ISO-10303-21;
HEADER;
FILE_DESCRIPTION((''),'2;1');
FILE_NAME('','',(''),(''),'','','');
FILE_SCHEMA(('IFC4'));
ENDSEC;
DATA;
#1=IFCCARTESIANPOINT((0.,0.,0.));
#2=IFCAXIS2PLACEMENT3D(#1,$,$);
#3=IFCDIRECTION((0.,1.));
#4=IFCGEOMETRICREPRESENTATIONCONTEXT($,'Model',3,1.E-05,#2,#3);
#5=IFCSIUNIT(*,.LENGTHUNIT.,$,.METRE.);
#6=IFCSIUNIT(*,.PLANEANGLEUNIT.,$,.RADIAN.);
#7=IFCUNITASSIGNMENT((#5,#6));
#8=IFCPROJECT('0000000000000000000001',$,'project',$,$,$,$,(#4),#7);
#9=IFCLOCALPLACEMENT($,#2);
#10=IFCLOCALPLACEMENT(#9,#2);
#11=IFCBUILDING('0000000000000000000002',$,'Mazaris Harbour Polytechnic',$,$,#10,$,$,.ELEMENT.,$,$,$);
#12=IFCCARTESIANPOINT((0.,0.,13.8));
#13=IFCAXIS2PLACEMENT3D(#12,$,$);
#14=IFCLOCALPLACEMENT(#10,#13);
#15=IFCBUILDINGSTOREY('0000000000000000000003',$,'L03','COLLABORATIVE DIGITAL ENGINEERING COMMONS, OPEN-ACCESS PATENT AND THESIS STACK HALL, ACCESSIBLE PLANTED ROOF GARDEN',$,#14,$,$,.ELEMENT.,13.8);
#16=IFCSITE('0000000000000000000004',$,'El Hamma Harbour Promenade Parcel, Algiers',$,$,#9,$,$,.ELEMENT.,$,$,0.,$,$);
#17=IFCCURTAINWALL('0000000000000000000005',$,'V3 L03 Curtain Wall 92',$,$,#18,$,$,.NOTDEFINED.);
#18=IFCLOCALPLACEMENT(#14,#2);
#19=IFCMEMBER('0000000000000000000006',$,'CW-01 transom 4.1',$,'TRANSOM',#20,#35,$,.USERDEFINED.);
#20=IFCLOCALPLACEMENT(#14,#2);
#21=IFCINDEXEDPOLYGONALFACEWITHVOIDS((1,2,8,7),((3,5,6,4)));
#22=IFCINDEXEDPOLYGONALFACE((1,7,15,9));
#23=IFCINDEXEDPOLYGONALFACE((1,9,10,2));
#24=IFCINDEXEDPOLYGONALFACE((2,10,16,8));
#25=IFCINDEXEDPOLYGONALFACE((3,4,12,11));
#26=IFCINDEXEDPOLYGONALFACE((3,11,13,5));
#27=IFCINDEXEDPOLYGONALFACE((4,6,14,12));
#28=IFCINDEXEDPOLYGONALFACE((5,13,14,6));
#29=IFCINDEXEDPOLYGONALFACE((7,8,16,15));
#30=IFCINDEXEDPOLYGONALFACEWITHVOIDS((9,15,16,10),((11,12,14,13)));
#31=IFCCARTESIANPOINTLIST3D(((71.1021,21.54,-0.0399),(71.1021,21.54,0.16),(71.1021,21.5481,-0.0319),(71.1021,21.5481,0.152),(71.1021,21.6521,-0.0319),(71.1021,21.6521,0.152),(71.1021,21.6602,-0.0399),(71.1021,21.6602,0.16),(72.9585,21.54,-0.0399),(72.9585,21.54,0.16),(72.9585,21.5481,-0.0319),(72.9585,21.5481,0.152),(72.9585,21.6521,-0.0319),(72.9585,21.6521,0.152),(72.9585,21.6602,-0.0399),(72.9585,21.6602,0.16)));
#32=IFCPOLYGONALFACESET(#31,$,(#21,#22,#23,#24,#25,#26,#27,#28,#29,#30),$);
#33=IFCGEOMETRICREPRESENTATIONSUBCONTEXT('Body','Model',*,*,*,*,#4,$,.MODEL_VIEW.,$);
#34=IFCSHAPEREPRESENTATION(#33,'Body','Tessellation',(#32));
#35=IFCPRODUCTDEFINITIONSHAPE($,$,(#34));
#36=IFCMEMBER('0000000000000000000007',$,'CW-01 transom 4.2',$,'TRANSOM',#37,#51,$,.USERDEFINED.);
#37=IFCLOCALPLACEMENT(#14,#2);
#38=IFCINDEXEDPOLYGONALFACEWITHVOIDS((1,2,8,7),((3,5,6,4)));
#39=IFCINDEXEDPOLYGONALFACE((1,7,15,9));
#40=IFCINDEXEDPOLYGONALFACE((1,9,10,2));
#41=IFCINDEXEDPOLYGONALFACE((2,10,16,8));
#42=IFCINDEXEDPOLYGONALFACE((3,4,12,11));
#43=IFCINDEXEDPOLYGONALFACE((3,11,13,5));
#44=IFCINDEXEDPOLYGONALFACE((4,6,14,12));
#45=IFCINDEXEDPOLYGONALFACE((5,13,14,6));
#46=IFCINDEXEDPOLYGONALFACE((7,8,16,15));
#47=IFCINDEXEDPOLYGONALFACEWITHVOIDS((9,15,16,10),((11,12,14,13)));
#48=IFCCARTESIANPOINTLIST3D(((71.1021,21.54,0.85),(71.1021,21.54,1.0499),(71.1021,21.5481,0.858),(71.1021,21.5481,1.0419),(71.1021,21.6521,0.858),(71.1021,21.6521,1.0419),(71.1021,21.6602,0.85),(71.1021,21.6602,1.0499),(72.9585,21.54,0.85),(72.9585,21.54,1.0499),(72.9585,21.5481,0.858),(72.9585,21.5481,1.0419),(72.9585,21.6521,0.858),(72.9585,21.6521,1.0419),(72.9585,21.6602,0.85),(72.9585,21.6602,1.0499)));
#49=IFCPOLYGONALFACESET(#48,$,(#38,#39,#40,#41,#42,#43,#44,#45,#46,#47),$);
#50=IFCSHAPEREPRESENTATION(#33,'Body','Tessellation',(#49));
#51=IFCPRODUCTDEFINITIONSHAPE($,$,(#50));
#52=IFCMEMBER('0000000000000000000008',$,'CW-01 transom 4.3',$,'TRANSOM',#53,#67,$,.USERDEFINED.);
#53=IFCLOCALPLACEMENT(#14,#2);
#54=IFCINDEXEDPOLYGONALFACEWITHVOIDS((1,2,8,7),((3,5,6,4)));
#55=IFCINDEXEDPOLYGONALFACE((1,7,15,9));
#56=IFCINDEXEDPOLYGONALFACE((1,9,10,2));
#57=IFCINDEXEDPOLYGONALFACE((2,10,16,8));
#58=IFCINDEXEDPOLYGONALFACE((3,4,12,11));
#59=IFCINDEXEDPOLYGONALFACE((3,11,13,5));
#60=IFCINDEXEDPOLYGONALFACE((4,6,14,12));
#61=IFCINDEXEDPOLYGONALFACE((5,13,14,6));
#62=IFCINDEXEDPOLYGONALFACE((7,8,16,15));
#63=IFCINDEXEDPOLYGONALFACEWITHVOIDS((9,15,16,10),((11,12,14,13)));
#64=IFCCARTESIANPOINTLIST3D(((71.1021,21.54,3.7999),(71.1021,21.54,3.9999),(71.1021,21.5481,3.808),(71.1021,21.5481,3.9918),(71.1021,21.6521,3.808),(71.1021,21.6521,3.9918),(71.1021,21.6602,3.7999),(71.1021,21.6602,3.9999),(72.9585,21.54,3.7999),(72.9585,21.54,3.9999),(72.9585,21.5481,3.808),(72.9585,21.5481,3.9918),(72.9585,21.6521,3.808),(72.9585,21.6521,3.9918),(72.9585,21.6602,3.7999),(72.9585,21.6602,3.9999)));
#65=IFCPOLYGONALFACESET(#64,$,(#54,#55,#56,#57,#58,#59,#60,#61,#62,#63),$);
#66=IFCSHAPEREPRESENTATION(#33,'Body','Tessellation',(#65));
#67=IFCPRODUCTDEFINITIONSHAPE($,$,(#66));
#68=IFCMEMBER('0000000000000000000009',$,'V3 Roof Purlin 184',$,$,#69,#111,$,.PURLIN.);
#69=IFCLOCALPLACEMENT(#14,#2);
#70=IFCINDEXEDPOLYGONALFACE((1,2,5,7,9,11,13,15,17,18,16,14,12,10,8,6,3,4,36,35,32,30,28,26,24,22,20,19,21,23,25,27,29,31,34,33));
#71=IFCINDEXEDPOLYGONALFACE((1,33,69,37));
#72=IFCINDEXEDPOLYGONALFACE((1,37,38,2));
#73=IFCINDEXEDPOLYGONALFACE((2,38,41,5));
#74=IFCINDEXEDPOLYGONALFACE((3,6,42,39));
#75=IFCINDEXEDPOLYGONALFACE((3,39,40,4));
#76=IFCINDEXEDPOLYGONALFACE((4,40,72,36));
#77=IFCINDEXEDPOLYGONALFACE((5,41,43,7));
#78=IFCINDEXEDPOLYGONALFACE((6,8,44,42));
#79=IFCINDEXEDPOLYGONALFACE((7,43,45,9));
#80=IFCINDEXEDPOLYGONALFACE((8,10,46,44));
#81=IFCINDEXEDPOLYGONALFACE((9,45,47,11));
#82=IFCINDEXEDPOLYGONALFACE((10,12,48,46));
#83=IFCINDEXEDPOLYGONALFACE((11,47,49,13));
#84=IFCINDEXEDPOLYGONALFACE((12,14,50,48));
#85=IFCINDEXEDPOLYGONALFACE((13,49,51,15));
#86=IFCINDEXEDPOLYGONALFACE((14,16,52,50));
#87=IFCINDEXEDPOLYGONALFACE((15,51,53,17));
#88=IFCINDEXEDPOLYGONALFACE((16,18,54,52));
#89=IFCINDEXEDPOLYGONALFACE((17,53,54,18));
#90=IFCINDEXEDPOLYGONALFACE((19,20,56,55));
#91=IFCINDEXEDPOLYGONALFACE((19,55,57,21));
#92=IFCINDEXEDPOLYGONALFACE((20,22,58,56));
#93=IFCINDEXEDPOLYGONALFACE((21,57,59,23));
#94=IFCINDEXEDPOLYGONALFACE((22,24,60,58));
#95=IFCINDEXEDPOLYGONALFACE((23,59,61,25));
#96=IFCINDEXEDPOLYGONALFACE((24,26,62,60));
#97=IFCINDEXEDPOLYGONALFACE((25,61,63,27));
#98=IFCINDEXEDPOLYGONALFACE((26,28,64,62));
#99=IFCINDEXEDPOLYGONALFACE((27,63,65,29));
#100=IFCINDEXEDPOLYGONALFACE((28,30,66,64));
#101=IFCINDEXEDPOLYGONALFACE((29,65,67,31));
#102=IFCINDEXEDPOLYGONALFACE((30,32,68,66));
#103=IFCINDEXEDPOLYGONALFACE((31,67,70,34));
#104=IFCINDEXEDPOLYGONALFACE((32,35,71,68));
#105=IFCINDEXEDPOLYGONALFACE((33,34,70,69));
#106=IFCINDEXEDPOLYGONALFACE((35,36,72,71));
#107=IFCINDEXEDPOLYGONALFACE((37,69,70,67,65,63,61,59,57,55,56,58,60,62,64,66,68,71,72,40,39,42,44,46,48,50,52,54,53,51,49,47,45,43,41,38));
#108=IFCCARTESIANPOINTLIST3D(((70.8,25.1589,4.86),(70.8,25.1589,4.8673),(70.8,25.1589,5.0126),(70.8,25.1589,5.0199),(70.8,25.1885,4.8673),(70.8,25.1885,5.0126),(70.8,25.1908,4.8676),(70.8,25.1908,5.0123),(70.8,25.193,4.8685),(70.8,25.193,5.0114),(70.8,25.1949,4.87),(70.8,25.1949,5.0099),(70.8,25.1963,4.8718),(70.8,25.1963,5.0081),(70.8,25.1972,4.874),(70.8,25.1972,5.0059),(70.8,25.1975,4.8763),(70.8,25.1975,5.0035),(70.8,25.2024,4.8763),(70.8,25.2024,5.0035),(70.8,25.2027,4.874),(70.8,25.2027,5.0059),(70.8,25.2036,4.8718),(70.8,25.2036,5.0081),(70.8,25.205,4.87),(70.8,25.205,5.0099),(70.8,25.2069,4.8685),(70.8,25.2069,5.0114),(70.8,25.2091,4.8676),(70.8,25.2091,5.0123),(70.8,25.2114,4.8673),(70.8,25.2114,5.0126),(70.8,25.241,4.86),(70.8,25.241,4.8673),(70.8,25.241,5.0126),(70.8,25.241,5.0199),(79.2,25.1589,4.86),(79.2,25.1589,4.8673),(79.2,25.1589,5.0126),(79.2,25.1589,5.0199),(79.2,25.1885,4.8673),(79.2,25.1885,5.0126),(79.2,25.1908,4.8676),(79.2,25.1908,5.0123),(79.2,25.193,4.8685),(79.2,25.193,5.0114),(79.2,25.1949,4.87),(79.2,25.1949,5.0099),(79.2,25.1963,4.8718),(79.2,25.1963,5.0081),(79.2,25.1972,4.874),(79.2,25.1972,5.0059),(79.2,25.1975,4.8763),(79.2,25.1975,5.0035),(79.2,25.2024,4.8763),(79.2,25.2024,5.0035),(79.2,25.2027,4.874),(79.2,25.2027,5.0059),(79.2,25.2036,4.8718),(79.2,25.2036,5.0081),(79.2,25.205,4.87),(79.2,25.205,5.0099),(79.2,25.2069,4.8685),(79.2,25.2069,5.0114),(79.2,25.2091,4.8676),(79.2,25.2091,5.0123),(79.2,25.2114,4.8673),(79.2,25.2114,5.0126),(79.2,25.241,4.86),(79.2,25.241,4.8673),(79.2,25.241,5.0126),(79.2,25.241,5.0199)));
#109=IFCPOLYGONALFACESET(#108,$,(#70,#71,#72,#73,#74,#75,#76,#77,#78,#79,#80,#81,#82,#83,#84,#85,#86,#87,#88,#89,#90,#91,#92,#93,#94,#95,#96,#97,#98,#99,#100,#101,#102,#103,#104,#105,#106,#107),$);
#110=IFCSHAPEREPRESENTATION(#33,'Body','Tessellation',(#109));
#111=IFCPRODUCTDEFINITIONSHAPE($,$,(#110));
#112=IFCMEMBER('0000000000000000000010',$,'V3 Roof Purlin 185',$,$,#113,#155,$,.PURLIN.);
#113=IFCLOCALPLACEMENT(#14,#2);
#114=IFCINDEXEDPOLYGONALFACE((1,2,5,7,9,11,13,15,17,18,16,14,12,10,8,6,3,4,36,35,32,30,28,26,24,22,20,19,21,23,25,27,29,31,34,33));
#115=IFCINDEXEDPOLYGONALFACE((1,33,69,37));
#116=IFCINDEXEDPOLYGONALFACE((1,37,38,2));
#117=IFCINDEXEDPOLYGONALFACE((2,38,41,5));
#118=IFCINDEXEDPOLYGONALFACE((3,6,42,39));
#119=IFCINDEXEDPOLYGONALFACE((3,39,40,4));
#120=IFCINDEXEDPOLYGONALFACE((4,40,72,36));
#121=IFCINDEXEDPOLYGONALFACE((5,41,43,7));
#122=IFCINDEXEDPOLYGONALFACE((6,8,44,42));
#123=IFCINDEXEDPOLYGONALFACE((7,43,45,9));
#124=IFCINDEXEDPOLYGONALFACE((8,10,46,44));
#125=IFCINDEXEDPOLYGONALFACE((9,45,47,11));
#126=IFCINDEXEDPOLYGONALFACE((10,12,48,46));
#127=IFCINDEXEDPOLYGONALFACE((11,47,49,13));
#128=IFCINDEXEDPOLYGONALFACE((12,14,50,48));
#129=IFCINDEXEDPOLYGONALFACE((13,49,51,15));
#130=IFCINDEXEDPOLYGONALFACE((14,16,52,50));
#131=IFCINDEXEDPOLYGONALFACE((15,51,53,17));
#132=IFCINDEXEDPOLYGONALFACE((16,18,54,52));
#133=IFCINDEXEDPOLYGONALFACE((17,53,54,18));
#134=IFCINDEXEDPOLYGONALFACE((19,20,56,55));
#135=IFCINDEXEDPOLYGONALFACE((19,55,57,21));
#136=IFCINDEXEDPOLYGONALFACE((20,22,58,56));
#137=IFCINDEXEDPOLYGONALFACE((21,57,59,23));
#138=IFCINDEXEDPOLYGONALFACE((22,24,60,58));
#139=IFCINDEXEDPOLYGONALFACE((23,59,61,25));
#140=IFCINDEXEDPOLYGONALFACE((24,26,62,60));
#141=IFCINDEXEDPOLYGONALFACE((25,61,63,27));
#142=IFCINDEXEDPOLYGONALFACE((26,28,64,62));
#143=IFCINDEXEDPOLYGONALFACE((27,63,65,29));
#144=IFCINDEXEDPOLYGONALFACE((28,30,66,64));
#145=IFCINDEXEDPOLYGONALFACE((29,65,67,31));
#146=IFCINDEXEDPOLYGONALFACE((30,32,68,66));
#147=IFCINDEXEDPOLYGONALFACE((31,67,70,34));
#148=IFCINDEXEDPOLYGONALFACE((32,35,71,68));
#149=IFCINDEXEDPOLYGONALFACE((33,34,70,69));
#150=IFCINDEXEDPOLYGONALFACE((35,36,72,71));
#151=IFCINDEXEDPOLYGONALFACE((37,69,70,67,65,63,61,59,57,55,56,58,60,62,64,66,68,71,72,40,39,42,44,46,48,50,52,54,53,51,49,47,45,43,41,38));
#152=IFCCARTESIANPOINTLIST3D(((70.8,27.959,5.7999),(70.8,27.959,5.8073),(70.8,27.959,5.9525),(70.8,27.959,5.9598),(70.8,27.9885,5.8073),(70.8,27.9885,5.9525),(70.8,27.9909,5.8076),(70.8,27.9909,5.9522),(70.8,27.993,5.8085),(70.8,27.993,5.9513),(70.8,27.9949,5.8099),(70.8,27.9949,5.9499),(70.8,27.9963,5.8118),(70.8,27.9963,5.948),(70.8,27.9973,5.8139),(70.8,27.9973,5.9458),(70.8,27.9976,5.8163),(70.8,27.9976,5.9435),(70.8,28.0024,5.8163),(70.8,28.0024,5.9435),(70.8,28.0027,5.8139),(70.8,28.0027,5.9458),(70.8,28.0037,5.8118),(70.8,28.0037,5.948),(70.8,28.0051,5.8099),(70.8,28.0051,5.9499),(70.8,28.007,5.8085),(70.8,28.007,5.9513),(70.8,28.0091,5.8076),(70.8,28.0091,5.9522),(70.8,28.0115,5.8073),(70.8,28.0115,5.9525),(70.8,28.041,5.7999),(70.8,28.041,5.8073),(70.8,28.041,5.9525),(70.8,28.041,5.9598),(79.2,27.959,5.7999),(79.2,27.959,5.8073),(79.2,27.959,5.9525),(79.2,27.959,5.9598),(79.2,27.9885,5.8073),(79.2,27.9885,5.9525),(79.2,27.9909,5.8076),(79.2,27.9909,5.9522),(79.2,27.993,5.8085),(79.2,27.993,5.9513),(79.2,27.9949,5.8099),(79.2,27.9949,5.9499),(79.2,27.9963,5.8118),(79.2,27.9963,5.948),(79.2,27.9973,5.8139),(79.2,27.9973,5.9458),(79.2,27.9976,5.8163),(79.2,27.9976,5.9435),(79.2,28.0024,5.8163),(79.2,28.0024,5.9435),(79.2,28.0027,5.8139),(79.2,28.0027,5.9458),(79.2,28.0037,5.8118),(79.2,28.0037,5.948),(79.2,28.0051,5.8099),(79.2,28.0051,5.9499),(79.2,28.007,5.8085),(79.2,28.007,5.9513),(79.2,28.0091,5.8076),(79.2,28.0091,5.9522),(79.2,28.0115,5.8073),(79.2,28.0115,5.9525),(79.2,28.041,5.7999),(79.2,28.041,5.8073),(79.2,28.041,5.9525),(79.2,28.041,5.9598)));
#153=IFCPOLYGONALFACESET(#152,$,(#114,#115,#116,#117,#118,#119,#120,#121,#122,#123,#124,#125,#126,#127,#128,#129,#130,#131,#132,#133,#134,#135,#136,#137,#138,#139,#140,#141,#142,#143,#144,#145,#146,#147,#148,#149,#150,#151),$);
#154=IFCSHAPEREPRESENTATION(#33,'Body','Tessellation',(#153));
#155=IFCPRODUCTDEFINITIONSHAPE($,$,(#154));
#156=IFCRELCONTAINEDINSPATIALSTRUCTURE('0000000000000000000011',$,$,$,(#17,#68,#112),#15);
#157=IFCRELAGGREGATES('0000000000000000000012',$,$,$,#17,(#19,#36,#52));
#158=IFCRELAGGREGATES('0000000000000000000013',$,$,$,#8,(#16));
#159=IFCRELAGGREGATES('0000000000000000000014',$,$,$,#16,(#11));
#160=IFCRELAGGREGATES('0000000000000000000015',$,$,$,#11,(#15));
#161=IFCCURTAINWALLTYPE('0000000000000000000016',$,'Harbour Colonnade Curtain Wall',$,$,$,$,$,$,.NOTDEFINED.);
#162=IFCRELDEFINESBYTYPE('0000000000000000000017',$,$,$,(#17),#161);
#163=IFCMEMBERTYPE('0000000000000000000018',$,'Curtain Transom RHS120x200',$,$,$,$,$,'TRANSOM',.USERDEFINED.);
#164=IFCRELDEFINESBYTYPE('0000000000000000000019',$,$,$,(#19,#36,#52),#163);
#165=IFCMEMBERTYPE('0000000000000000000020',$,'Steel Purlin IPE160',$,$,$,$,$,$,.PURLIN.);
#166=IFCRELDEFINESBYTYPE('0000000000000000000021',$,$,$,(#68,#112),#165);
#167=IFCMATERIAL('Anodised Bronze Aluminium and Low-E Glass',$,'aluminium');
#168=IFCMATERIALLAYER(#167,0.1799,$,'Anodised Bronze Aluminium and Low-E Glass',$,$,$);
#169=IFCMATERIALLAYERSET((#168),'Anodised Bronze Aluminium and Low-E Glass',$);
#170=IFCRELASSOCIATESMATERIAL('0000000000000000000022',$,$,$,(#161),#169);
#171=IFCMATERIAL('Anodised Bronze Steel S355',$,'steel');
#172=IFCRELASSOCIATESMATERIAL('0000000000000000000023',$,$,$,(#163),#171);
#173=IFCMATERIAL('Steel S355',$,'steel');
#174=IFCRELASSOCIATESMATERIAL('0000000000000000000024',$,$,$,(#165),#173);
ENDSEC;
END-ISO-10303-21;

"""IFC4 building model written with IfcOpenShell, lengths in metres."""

from ifc_helpers import new_model, si_unit, direction, frame, origin, origin_2d, place, context, subcontext, project, spatial, hollow_rectangle, i_section, extrude, material, layer, layer_set, material_profile, profile_set, type_object, element, aggregate, save


model = new_model("IFC4")

# Units and contexts
model_context = context("Model", 3, precision=1e-05, world=origin(), true_north=direction((0.0, 1.0)))
body_context = subcontext(model_context, "Body", "Model", "MODEL_VIEW")
ifc_project = project(units=[si_unit("LENGTHUNIT", "METRE"), si_unit("PLANEANGLEUNIT", "RADIAN")], contexts=[model_context])

# Site, building, storey
site_placement = place(None, origin())
site = spatial("IfcSite", under=ifc_project, at=site_placement, Name="El Hamma Harbour Promenade Parcel, Algiers", CompositionType="ELEMENT", RefElevation=0.0)
building_placement = place(site_placement, origin())
building = spatial("IfcBuilding", under=site, at=building_placement, Name="Mazaris Harbour Polytechnic", CompositionType="ELEMENT")
storey_placement = place(building_placement, frame((0.0, 0.0, 13.8)))
storey = spatial("IfcBuildingStorey", under=building, at=storey_placement, Name="L03", Description="COLLABORATIVE DIGITAL ENGINEERING COMMONS, OPEN-ACCESS PATENT AND THESIS STACK HALL, ACCESSIBLE PLANTED ROOF GARDEN", CompositionType="ELEMENT", Elevation=13.8)

# Curtain wall, members
ifc_material_1 = material(Name="Anodised Bronze Aluminium and Low-E Glass", Category="aluminium")
ifc_layer_1 = layer(ifc_material_1, 0.1799, Name="Anodised Bronze Aluminium and Low-E Glass")
ifc_layer_set_1 = layer_set([ifc_layer_1], Name="Anodised Bronze Aluminium and Low-E Glass")
curtain_wall_type = type_object("IfcCurtainWallType", Name="Harbour Colonnade Curtain Wall", PredefinedType="NOTDEFINED", material=ifc_layer_set_1)
curtain_wall_placement = place(storey_placement, origin())
curtain_wall = element("IfcCurtainWall", 1, at=curtain_wall_placement, inside=storey, type_object=curtain_wall_type, Name="V3 L03 Curtain Wall 92", PredefinedType="NOTDEFINED")
ifc_material_2 = material(Name="Anodised Bronze Steel S355", Category="steel")
ifc_material_profile_1 = material_profile(ifc_material_2, hollow_rectangle(XDim=0.1201, YDim=0.2, WallThickness=0.0081, at=origin_2d()), Name="RHS 120x200x8.0")
ifc_profile_set_1 = profile_set([ifc_material_profile_1], Name="Anodised Bronze Steel S355")
member_type_1 = type_object("IfcMemberType", Name="Curtain Transom RHS120x200", ElementType="TRANSOM", PredefinedType="USERDEFINED", material=ifc_profile_set_1)
member_1_placement = place(storey_placement, frame((72.9585, 21.6001, 0.0601), z_axis=(-1.0, 0.0, 0.0), x_axis=(0.0, -1.0, 0.0)))
member_1 = element("IfcMember", 2, at=member_1_placement, type_object=member_type_1, Name="CW-01 transom 4.1", ObjectType="TRANSOM", PredefinedType="USERDEFINED", context=body_context, shape_type="SweptSolid", body=[
    extrude(hollow_rectangle(XDim=0.1201, YDim=0.2, WallThickness=0.0081, at=origin_2d()), origin(), (0.0, 0.0, 1.0), 1.8564),
])
member_2_placement = place(storey_placement, frame((72.9585, 21.6001, 0.95), z_axis=(-1.0, 0.0, 0.0), x_axis=(0.0, -1.0, 0.0)))
member_2 = element("IfcMember", 3, at=member_2_placement, type_object=member_type_1, Name="CW-01 transom 4.2", ObjectType="TRANSOM", PredefinedType="USERDEFINED", context=body_context, shape_type="SweptSolid", body=[
    extrude(hollow_rectangle(XDim=0.1201, YDim=0.2, WallThickness=0.0081, at=origin_2d()), origin(), (0.0, 0.0, 1.0), 1.8564),
])
member_3_placement = place(storey_placement, frame((72.9585, 21.6001, 3.8999), z_axis=(-1.0, 0.0, 0.0), x_axis=(0.0, -1.0, 0.0)))
member_3 = element("IfcMember", 4, at=member_3_placement, type_object=member_type_1, Name="CW-01 transom 4.3", ObjectType="TRANSOM", PredefinedType="USERDEFINED", context=body_context, shape_type="SweptSolid", body=[
    extrude(hollow_rectangle(XDim=0.1201, YDim=0.2, WallThickness=0.0081, at=origin_2d()), origin(), (0.0, 0.0, 1.0), 1.8564),
])

# Members
ifc_material_3 = material(Name="Steel S355", Category="steel")
ifc_material_profile_2 = material_profile(ifc_material_3, i_section(OverallWidth=0.082, OverallDepth=0.1599, WebThickness=0.0049, FlangeThickness=0.0073, FilletRadius=0.009, at=origin_2d()), Name="IPE 160")
ifc_profile_set_2 = profile_set([ifc_material_profile_2], Name="Steel S355")
member_type_2 = type_object("IfcMemberType", Name="Steel Purlin IPE160", PredefinedType="PURLIN", material=ifc_profile_set_2)
for number, where, z_axis, x_axis, name in (
    (5, (70.8, 25.2, 4.9399), (1.0, 0.0, 0.0), (0.0, 1.0, 0.0), "V3 Roof Purlin 184"),
    (6, (70.8, 28.0, 5.8799), (1.0, 0.0, 0.0), (0.0, 1.0, 0.0), "V3 Roof Purlin 185"),
):
    element("IfcMember", number, at=place(storey_placement, frame(where, z_axis=z_axis, x_axis=x_axis)), inside=storey, type_object=member_type_2, Name=name, PredefinedType="PURLIN", context=body_context, shape_type="SweptSolid", body=[
        extrude(i_section(OverallWidth=0.082, OverallDepth=0.1599, WebThickness=0.0049, FlangeThickness=0.0073, FilletRadius=0.009, at=origin_2d()), origin(), (0.0, 0.0, 1.0), 8.3999),
    ])

aggregate(curtain_wall, [member_1, member_2, member_3])

save(model, "model.ifc")
